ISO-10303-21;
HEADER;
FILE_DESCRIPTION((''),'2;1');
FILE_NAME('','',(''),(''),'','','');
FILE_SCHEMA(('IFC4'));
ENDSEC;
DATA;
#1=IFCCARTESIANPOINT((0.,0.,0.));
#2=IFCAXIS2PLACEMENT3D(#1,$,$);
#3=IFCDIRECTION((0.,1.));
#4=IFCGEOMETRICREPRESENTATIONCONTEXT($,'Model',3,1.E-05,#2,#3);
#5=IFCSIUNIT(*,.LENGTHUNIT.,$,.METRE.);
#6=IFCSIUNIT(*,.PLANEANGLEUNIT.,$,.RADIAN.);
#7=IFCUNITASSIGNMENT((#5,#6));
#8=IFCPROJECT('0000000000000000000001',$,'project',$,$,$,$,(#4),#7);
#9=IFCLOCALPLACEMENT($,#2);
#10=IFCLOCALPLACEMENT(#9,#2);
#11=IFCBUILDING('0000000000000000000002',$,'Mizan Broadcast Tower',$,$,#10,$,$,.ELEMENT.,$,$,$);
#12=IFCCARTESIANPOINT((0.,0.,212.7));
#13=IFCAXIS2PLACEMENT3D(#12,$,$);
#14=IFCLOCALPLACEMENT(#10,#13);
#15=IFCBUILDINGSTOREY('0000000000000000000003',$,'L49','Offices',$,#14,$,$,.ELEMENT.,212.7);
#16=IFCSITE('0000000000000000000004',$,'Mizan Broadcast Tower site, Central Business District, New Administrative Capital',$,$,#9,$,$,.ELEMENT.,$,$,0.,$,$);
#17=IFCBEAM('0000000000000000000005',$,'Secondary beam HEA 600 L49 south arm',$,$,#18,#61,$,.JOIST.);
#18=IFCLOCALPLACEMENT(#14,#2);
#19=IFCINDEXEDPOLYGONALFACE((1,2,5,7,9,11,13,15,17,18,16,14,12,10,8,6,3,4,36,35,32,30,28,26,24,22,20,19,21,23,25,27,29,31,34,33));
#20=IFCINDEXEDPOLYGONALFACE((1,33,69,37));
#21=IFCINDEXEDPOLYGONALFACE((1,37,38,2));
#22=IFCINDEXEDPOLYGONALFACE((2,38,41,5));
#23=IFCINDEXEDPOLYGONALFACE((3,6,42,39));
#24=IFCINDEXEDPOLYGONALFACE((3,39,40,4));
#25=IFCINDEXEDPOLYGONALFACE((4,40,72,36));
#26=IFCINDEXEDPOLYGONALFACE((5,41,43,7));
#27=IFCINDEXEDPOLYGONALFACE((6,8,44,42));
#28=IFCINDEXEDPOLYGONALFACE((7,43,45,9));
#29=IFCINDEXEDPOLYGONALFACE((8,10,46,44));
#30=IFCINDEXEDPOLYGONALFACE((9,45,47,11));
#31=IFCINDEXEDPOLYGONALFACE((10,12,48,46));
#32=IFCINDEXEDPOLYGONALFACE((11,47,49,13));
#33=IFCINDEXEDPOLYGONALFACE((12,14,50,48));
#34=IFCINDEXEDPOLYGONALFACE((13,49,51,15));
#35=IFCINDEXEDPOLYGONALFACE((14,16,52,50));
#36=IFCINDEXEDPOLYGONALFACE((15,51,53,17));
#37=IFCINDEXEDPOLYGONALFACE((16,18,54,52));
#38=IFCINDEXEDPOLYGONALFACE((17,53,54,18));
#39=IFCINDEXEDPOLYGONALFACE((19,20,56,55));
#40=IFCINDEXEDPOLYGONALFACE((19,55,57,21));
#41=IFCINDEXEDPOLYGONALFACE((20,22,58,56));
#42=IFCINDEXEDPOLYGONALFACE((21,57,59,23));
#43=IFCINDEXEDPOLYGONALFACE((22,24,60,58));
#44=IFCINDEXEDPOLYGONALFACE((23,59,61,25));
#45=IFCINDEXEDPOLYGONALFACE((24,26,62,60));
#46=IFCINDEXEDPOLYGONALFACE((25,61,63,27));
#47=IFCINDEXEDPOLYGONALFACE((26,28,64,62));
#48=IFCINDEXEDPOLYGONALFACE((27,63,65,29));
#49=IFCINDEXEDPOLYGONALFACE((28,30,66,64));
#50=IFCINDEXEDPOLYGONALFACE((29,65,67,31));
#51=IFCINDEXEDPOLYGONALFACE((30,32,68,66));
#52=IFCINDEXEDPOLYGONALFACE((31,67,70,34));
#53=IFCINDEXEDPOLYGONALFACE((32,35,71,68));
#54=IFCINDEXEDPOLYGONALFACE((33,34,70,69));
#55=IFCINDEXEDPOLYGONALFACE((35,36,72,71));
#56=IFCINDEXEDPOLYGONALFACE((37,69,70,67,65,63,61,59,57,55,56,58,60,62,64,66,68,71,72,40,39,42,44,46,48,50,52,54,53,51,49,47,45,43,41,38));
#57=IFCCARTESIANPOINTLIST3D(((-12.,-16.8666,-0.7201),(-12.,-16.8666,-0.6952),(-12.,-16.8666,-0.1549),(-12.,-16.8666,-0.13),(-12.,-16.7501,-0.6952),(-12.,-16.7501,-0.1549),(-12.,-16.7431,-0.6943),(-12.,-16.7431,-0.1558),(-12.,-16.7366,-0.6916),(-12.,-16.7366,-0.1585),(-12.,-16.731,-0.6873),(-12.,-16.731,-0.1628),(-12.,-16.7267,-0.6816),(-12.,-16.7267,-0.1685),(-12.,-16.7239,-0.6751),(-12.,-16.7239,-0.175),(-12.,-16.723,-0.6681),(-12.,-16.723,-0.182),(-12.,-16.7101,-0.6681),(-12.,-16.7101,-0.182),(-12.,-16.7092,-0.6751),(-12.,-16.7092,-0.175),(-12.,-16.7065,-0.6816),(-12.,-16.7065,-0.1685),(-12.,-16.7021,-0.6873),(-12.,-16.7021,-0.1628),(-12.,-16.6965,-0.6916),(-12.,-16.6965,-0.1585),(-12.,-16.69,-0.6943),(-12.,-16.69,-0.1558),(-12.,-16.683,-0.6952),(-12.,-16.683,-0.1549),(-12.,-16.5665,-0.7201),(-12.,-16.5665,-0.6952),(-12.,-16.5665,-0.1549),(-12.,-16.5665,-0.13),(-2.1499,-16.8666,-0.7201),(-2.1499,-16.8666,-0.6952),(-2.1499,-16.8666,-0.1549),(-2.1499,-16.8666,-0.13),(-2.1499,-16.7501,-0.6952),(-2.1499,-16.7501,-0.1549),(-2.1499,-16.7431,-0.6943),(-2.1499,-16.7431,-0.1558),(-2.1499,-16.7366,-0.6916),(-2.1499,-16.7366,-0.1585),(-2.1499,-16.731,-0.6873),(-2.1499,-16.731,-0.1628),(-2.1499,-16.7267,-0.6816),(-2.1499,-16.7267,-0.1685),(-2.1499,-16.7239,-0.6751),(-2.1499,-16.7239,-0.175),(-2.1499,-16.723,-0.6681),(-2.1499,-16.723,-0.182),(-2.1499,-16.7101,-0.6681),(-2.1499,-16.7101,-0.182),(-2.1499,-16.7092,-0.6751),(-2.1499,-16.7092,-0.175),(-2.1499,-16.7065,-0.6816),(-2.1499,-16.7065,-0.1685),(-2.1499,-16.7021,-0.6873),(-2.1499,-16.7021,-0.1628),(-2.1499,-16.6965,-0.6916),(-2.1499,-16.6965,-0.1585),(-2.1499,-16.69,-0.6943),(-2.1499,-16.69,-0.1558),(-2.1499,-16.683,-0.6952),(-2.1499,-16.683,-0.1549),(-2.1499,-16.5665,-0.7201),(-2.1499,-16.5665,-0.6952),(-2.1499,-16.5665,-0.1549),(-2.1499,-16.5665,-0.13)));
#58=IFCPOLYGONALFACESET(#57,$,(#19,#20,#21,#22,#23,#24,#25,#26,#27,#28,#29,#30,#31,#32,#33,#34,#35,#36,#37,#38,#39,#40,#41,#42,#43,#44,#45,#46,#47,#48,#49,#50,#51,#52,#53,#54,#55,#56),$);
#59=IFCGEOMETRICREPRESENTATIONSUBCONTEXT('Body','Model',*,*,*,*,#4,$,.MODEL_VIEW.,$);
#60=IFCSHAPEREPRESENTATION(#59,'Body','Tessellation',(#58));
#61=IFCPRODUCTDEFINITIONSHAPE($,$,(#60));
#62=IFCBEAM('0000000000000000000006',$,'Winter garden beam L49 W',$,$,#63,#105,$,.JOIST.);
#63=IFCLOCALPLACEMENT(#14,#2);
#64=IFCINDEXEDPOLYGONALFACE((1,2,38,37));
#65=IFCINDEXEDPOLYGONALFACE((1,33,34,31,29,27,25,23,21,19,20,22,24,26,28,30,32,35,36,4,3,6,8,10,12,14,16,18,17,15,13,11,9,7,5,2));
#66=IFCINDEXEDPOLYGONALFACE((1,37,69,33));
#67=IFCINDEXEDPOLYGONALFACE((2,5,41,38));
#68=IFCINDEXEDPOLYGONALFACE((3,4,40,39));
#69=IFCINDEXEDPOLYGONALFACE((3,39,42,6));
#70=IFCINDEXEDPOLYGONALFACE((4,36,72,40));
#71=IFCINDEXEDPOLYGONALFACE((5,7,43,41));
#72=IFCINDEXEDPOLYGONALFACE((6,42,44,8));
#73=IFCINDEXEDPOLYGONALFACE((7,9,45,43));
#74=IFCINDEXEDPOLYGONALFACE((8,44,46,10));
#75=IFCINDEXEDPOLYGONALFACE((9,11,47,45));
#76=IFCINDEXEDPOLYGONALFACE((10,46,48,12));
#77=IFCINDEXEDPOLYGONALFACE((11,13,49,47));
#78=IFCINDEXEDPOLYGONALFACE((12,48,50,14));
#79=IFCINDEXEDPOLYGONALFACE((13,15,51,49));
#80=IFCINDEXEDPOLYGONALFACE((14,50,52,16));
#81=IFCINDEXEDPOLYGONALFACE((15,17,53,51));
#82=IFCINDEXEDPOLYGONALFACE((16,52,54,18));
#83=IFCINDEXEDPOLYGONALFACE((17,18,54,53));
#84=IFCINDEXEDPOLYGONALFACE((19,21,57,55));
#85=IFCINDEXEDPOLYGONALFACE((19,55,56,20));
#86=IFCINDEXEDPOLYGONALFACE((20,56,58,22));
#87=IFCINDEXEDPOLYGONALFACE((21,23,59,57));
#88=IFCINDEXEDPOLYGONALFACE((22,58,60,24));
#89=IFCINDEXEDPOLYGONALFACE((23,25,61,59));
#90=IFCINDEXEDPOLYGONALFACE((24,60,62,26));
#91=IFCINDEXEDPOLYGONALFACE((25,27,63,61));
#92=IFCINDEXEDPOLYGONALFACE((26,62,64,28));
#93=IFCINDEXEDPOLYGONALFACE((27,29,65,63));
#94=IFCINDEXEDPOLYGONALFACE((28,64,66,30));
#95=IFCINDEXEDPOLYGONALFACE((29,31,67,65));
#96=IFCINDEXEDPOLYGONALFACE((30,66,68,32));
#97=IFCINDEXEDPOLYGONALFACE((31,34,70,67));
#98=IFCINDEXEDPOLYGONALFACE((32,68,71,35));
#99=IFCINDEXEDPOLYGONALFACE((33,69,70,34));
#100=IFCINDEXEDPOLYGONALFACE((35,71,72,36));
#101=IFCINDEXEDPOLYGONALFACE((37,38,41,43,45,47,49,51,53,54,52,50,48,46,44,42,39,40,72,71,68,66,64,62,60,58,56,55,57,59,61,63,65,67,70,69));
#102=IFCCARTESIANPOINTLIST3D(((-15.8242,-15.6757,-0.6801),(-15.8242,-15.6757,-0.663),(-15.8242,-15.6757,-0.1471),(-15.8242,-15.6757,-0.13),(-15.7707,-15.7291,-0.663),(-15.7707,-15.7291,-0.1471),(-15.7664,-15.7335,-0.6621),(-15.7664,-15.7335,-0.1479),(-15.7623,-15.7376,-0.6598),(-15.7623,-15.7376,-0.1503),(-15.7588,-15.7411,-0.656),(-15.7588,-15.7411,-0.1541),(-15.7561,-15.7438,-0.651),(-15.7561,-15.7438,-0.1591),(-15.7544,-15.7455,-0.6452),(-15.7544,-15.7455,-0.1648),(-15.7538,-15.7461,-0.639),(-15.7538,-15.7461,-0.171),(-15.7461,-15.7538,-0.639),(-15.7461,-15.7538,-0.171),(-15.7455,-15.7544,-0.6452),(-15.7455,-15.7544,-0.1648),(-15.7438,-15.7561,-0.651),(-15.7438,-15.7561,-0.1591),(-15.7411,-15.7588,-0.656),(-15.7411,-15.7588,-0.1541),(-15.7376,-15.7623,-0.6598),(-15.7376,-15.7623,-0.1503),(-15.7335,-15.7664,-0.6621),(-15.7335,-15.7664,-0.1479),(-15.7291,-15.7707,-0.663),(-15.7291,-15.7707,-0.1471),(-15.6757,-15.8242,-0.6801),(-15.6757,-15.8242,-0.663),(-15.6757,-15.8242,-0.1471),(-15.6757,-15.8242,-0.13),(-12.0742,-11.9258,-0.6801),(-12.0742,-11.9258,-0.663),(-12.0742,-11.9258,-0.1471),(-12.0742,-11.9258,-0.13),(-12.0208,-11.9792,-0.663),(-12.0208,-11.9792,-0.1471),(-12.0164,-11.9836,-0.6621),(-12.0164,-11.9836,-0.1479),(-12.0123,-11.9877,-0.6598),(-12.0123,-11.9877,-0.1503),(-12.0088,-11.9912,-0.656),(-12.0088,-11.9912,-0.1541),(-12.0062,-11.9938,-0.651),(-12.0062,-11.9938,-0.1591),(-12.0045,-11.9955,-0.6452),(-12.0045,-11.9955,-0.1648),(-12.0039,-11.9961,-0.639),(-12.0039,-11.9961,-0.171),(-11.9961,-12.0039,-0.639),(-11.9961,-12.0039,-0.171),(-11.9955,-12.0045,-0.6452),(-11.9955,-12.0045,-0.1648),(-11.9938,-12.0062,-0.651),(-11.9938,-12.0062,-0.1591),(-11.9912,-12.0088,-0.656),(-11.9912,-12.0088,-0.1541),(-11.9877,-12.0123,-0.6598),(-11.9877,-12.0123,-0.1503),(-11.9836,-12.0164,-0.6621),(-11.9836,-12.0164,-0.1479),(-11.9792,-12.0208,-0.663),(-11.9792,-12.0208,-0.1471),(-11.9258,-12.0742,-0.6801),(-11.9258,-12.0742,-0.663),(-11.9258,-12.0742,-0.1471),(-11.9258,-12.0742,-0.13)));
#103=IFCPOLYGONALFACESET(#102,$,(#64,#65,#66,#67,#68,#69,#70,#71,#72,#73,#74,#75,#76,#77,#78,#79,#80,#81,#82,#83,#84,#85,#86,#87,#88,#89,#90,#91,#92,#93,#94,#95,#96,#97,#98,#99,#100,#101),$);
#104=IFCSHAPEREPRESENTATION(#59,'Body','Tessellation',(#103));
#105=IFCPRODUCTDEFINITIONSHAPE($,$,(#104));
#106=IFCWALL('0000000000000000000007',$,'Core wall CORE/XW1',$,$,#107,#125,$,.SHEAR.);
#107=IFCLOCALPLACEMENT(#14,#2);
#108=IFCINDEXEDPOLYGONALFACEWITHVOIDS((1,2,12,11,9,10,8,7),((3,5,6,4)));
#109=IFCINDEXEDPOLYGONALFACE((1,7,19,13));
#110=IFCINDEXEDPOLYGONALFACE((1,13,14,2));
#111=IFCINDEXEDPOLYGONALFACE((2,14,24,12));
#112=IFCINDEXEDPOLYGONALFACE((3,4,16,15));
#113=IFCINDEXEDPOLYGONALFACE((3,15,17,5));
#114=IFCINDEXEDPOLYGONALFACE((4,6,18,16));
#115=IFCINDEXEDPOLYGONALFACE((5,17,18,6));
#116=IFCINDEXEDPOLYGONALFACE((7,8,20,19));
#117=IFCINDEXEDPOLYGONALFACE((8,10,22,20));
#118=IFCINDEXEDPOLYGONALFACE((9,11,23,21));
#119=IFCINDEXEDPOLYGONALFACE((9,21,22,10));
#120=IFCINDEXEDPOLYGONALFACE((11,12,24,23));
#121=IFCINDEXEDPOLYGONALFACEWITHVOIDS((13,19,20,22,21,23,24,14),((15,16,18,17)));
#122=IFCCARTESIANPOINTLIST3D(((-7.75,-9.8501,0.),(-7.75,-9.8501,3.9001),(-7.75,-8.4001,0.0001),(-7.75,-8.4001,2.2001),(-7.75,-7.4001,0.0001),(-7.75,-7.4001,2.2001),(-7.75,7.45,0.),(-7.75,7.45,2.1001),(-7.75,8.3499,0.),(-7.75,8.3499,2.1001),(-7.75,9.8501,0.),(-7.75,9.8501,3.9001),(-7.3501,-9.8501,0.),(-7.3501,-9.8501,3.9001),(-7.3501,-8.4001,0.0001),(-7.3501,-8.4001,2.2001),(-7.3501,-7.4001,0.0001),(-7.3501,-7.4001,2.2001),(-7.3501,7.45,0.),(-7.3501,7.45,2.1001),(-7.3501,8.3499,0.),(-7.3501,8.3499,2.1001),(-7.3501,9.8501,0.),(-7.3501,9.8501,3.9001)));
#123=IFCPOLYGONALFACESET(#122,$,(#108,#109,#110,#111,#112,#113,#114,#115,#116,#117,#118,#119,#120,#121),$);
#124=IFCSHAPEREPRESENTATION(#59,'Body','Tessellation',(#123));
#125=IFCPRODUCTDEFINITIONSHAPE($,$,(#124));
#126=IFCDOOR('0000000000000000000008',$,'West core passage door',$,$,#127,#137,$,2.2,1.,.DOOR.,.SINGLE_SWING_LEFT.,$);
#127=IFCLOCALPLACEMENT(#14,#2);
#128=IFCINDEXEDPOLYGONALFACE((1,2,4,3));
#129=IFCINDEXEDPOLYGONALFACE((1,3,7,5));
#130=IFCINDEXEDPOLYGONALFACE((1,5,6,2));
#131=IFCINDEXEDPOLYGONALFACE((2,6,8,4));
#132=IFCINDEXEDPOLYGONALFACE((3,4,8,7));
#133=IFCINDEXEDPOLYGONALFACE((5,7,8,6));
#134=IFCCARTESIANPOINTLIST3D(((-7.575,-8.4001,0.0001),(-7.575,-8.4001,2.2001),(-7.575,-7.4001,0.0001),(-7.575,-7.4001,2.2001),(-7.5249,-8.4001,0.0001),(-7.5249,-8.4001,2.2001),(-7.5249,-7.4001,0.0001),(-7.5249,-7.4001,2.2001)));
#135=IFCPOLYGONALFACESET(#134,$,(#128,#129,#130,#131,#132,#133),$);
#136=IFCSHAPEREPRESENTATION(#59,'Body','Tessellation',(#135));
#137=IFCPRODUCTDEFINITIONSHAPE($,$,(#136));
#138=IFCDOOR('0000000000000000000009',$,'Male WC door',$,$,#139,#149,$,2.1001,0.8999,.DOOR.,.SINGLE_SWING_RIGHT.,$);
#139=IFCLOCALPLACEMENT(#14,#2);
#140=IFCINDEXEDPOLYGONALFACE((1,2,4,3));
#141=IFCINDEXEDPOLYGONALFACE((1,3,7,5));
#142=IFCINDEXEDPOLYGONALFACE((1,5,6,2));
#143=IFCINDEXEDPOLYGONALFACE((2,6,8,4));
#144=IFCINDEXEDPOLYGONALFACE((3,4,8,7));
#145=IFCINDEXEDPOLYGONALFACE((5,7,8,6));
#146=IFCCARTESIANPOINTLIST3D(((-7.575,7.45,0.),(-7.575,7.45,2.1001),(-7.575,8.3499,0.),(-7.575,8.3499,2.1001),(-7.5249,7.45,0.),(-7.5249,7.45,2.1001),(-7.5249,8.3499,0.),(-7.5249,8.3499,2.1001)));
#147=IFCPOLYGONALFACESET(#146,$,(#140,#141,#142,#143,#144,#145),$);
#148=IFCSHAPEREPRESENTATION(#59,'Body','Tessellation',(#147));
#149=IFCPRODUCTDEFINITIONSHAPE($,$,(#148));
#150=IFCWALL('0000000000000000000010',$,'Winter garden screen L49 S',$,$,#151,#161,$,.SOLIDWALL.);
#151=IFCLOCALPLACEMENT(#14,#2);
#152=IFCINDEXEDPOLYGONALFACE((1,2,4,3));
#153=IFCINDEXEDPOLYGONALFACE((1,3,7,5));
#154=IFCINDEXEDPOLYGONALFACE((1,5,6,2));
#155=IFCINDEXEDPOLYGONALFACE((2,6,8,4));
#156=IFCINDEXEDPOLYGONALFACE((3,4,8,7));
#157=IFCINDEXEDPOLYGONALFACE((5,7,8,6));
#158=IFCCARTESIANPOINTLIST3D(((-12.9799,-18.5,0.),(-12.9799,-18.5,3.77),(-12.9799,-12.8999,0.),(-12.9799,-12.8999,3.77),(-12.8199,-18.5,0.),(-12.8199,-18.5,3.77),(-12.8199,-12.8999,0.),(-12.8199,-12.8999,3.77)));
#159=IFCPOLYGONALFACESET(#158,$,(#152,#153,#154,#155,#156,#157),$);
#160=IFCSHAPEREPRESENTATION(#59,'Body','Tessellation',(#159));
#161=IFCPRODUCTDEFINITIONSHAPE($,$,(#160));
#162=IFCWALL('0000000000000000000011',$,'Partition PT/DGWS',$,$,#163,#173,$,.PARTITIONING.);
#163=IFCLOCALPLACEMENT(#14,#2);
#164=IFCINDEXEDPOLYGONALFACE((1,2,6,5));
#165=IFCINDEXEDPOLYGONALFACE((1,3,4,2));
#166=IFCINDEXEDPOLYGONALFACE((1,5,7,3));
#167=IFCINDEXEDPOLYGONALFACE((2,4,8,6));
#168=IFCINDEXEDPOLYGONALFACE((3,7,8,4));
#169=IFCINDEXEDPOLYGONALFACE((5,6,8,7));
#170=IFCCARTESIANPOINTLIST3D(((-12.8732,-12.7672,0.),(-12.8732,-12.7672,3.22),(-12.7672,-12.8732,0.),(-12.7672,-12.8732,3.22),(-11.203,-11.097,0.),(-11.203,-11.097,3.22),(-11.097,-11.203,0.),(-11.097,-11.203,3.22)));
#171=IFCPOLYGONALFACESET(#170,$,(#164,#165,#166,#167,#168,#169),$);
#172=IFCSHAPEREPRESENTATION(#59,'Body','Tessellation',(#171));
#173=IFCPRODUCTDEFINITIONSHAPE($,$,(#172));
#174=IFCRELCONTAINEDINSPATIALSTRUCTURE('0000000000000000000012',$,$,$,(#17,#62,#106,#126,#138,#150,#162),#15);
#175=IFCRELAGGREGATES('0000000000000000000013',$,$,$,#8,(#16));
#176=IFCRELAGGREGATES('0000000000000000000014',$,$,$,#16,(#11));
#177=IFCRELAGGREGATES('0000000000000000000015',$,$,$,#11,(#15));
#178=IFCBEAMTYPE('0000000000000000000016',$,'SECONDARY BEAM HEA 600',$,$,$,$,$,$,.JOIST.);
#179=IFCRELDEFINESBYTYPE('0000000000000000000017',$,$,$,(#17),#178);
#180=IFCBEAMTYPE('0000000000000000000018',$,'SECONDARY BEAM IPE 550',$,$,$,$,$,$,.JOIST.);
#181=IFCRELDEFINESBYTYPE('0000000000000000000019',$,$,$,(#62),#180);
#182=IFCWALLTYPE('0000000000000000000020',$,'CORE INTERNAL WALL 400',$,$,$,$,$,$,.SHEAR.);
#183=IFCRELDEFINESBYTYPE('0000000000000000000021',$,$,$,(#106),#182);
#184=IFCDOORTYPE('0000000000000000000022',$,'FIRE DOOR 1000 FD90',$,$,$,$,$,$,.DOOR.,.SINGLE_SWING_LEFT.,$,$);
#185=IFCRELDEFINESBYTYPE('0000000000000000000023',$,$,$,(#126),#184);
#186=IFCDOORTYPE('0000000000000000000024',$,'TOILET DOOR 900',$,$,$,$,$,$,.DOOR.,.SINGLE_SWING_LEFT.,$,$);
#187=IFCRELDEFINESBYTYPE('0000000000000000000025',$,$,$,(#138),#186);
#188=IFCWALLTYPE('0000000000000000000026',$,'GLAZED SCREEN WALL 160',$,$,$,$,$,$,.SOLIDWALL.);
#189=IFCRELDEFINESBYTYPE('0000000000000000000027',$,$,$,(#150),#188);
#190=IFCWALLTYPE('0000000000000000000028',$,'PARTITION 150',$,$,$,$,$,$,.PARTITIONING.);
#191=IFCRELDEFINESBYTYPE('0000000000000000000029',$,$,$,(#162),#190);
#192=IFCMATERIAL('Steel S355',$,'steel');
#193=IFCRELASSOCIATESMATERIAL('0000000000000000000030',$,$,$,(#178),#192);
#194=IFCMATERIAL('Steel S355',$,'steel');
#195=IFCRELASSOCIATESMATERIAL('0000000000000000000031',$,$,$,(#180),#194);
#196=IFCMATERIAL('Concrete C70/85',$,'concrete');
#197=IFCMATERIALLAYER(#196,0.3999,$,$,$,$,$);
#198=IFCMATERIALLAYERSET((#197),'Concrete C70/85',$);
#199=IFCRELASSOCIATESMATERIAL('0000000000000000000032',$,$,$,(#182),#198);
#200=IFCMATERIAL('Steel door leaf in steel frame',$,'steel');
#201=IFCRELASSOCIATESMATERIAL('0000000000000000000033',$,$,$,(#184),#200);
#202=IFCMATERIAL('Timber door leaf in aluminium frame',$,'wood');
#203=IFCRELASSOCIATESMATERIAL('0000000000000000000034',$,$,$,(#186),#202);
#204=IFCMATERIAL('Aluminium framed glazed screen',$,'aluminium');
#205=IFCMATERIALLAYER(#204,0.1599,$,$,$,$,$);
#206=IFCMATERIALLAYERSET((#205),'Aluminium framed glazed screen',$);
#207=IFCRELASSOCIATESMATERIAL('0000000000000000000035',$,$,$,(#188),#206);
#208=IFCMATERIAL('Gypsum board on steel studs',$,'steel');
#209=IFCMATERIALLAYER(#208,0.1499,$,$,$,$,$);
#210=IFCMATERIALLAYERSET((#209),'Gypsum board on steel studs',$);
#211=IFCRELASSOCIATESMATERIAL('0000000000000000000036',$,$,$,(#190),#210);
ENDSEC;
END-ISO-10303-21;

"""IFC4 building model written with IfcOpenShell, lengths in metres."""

from ifc_helpers import new_model, si_unit, direction, frame, frame_2d, origin, origin_2d, place, context, subcontext, project, spatial, rectangle, i_section, extrude, material, layer, layer_set, material_profile, profile_set, type_object, element, fill, save


model = new_model("IFC4")

# Units and contexts
model_context = context("Model", 3, precision=1e-05, world=origin(), true_north=direction((0.0, 1.0)))
body_context = subcontext(model_context, "Body", "Model", "MODEL_VIEW")
ifc_project = project(units=[si_unit("LENGTHUNIT", "METRE"), si_unit("PLANEANGLEUNIT", "RADIAN")], contexts=[model_context])

# Site, building, storey
site_placement = place(None, origin())
site = spatial("IfcSite", under=ifc_project, at=site_placement, Name="Mizan Broadcast Tower site, Central Business District, New Administrative Capital", CompositionType="ELEMENT", RefElevation=0.0)
building_placement = place(site_placement, origin())
building = spatial("IfcBuilding", under=site, at=building_placement, Name="Mizan Broadcast Tower", CompositionType="ELEMENT")
storey_placement = place(building_placement, frame((0.0, 0.0, 212.7)))
storey = spatial("IfcBuildingStorey", under=building, at=storey_placement, Name="L49", Description="Offices", CompositionType="ELEMENT", Elevation=212.7)

# Beams
ifc_material_1 = material(Name="Steel S355", Category="steel")
ifc_material_profile_1 = material_profile(ifc_material_1, i_section(OverallWidth=0.3, OverallDepth=0.5901, WebThickness=0.0129, FlangeThickness=0.0249, FilletRadius=0.0271, at=origin_2d()), Name="HEA 600")
ifc_profile_set_1 = profile_set([ifc_material_profile_1], Name="Steel S355")
beam_type_1 = type_object("IfcBeamType", Name="SECONDARY BEAM HEA 600", PredefinedType="JOIST", material=ifc_profile_set_1)
for number, where, z_axis, x_axis, name in (
    (1, (-12.0, -16.7166, -0.425), (1.0, 0.0, 0.0), (0.0, 1.0, 0.0), "Secondary beam HEA 600 L49 south arm"),
):
    element("IfcBeam", number, at=place(storey_placement, frame(where, z_axis=z_axis, x_axis=x_axis)), inside=storey, type_object=beam_type_1, Name=name, PredefinedType="JOIST", context=body_context, shape_type="SweptSolid", body=[
        extrude(i_section(OverallWidth=0.3, OverallDepth=0.5901, WebThickness=0.0129, FlangeThickness=0.0249, FilletRadius=0.0271, at=origin_2d()), origin(), (0.0, 0.0, 1.0), 9.8501),
    ])
ifc_material_2 = material(Name="Steel S355", Category="steel")
ifc_material_profile_2 = material_profile(ifc_material_2, i_section(OverallWidth=0.21, OverallDepth=0.55, WebThickness=0.011, FlangeThickness=0.0171, FilletRadius=0.0239, at=origin_2d()), Name="IPE 550")
ifc_profile_set_2 = profile_set([ifc_material_profile_2], Name="Steel S355")
beam_type_2 = type_object("IfcBeamType", Name="SECONDARY BEAM IPE 550", PredefinedType="JOIST", material=ifc_profile_set_2)
beam_1_placement = place(storey_placement, frame((-12.0, -12.0, -0.405), z_axis=(-0.707107, -0.707107, 0.0), x_axis=(0.707107, -0.707107, 0.0)))
element("IfcBeam", 2, at=beam_1_placement, inside=storey, type_object=beam_type_2, Name="Winter garden beam L49 W", PredefinedType="JOIST", context=body_context, shape_type="SweptSolid", body=[
    extrude(i_section(OverallWidth=0.21, OverallDepth=0.55, WebThickness=0.011, FlangeThickness=0.0171, FilletRadius=0.0239, at=origin_2d()), origin(), (0.0, 0.0, 1.0), 5.3032),
])

# Wall, openings, doors
ifc_material_3 = material(Name="Concrete C70/85", Category="concrete")
ifc_layer_1 = layer(ifc_material_3, 0.3999)
ifc_layer_set_1 = layer_set([ifc_layer_1], Name="Concrete C70/85")
wall_type_1 = type_object("IfcWallType", Name="CORE INTERNAL WALL 400", PredefinedType="SHEAR", material=ifc_layer_set_1)
wall_1_placement = place(storey_placement, frame((-7.55, -9.8501, 0.0), z_axis=(0.0, 0.0, 1.0), x_axis=(0.0, 1.0, 0.0)))
wall_1 = element("IfcWall", 3, at=wall_1_placement, inside=storey, type_object=wall_type_1, Name="Core wall CORE/XW1", PredefinedType="SHEAR", context=body_context, shape_type="SweptSolid", body=[
    extrude(rectangle(XDim=19.7002, YDim=0.3999, at=frame_2d((9.8501, 0.0))), origin(), (0.0, 0.0, 1.0), 3.9001),
])
opening_1_placement = place(wall_1_placement, frame((1.45, 0.0, 0.0)))
opening_1 = element("IfcOpeningElement", 4, at=opening_1_placement, cuts=wall_1, PredefinedType="OPENING", context=body_context, shape_type="SweptSolid", body=[
    extrude(rectangle(XDim=1.0, YDim=2.2, at=frame_2d((0.5, 1.1001))), frame((0.0, 0.21, 0.0), z_axis=(0.0, -1.0, 0.0), x_axis=(1.0, 0.0, 0.0)), (0.0, 0.0, 1.0), 0.4199),
])
opening_2_placement = place(wall_1_placement, frame((17.3, 0.0, 0.0)))
opening_2 = element("IfcOpeningElement", 5, at=opening_2_placement, cuts=wall_1, PredefinedType="OPENING", context=body_context, shape_type="SweptSolid", body=[
    extrude(rectangle(XDim=0.8999, YDim=2.1001, at=frame_2d((0.45, 1.05))), frame((0.0, 0.21, 0.0), z_axis=(0.0, -1.0, 0.0), x_axis=(1.0, 0.0, 0.0)), (0.0, 0.0, 1.0), 0.4199),
])
ifc_material_4 = material(Name="Steel door leaf in steel frame", Category="steel")
door_type_1 = type_object("IfcDoorType", Name="FIRE DOOR 1000 FD90", OperationType="SINGLE_SWING_LEFT", PredefinedType="DOOR", material=ifc_material_4)
door_1_placement = place(opening_1_placement, origin())
door_1 = element("IfcDoor", 6, at=door_1_placement, inside=storey, type_object=door_type_1, Name="West core passage door", OperationType="SINGLE_SWING_LEFT", OverallHeight=2.2, OverallWidth=1.0, PredefinedType="DOOR", context=body_context, shape_type="SweptSolid", body=[
    extrude(rectangle(XDim=1.0, YDim=2.2, at=frame_2d((0.5, 1.1001))), frame((0.0, 0.0249, 0.0), z_axis=(0.0, -1.0, 0.0), x_axis=(1.0, 0.0, 0.0)), (0.0, 0.0, 1.0), 0.05),
])
fill(opening_1, door_1)
ifc_material_5 = material(Name="Timber door leaf in aluminium frame", Category="wood")
door_type_2 = type_object("IfcDoorType", Name="TOILET DOOR 900", OperationType="SINGLE_SWING_LEFT", PredefinedType="DOOR", material=ifc_material_5)
door_2_placement = place(opening_2_placement, origin())
door_2 = element("IfcDoor", 7, at=door_2_placement, inside=storey, type_object=door_type_2, Name="Male WC door", OperationType="SINGLE_SWING_RIGHT", OverallHeight=2.1001, OverallWidth=0.8999, PredefinedType="DOOR", context=body_context, shape_type="SweptSolid", body=[
    extrude(rectangle(XDim=0.8999, YDim=2.1001, at=frame_2d((0.45, 1.05))), frame((0.0, 0.0249, 0.0), z_axis=(0.0, -1.0, 0.0), x_axis=(1.0, 0.0, 0.0)), (0.0, 0.0, 1.0), 0.05),
])
fill(opening_2, door_2)

# Walls
ifc_material_6 = material(Name="Aluminium framed glazed screen", Category="aluminium")
ifc_layer_2 = layer(ifc_material_6, 0.1599)
ifc_layer_set_2 = layer_set([ifc_layer_2], Name="Aluminium framed glazed screen")
wall_type_2 = type_object("IfcWallType", Name="GLAZED SCREEN WALL 160", PredefinedType="SOLIDWALL", material=ifc_layer_set_2)
wall_2_placement = place(storey_placement, frame((-12.8999, -12.8999, 0.0), z_axis=(0.0, 0.0, 1.0), x_axis=(0.0, -1.0, 0.0)))
element("IfcWall", 8, at=wall_2_placement, inside=storey, type_object=wall_type_2, Name="Winter garden screen L49 S", PredefinedType="SOLIDWALL", context=body_context, shape_type="SweptSolid", body=[
    extrude(rectangle(XDim=5.6001, YDim=0.1599, at=frame_2d((2.8, 0.0))), origin(), (0.0, 0.0, 1.0), 3.77),
])
ifc_material_7 = material(Name="Gypsum board on steel studs", Category="steel")
ifc_layer_3 = layer(ifc_material_7, 0.1499)
ifc_layer_set_3 = layer_set([ifc_layer_3], Name="Gypsum board on steel studs")
wall_type_3 = type_object("IfcWallType", Name="PARTITION 150", PredefinedType="PARTITIONING", material=ifc_layer_set_3)
wall_3_placement = place(storey_placement, frame((-11.1499, -11.1499, 0.0), z_axis=(0.0, 0.0, 1.0), x_axis=(-0.707107, -0.707107, 0.0)))
element("IfcWall", 9, at=wall_3_placement, inside=storey, type_object=wall_type_3, Name="Partition PT/DGWS", PredefinedType="PARTITIONING", context=body_context, shape_type="SweptSolid", body=[
    extrude(rectangle(XDim=2.3621, YDim=0.1499, at=frame_2d((1.1812, 0.0))), origin(), (0.0, 0.0, 1.0), 3.22),
])

save(model, "model.ifc")
